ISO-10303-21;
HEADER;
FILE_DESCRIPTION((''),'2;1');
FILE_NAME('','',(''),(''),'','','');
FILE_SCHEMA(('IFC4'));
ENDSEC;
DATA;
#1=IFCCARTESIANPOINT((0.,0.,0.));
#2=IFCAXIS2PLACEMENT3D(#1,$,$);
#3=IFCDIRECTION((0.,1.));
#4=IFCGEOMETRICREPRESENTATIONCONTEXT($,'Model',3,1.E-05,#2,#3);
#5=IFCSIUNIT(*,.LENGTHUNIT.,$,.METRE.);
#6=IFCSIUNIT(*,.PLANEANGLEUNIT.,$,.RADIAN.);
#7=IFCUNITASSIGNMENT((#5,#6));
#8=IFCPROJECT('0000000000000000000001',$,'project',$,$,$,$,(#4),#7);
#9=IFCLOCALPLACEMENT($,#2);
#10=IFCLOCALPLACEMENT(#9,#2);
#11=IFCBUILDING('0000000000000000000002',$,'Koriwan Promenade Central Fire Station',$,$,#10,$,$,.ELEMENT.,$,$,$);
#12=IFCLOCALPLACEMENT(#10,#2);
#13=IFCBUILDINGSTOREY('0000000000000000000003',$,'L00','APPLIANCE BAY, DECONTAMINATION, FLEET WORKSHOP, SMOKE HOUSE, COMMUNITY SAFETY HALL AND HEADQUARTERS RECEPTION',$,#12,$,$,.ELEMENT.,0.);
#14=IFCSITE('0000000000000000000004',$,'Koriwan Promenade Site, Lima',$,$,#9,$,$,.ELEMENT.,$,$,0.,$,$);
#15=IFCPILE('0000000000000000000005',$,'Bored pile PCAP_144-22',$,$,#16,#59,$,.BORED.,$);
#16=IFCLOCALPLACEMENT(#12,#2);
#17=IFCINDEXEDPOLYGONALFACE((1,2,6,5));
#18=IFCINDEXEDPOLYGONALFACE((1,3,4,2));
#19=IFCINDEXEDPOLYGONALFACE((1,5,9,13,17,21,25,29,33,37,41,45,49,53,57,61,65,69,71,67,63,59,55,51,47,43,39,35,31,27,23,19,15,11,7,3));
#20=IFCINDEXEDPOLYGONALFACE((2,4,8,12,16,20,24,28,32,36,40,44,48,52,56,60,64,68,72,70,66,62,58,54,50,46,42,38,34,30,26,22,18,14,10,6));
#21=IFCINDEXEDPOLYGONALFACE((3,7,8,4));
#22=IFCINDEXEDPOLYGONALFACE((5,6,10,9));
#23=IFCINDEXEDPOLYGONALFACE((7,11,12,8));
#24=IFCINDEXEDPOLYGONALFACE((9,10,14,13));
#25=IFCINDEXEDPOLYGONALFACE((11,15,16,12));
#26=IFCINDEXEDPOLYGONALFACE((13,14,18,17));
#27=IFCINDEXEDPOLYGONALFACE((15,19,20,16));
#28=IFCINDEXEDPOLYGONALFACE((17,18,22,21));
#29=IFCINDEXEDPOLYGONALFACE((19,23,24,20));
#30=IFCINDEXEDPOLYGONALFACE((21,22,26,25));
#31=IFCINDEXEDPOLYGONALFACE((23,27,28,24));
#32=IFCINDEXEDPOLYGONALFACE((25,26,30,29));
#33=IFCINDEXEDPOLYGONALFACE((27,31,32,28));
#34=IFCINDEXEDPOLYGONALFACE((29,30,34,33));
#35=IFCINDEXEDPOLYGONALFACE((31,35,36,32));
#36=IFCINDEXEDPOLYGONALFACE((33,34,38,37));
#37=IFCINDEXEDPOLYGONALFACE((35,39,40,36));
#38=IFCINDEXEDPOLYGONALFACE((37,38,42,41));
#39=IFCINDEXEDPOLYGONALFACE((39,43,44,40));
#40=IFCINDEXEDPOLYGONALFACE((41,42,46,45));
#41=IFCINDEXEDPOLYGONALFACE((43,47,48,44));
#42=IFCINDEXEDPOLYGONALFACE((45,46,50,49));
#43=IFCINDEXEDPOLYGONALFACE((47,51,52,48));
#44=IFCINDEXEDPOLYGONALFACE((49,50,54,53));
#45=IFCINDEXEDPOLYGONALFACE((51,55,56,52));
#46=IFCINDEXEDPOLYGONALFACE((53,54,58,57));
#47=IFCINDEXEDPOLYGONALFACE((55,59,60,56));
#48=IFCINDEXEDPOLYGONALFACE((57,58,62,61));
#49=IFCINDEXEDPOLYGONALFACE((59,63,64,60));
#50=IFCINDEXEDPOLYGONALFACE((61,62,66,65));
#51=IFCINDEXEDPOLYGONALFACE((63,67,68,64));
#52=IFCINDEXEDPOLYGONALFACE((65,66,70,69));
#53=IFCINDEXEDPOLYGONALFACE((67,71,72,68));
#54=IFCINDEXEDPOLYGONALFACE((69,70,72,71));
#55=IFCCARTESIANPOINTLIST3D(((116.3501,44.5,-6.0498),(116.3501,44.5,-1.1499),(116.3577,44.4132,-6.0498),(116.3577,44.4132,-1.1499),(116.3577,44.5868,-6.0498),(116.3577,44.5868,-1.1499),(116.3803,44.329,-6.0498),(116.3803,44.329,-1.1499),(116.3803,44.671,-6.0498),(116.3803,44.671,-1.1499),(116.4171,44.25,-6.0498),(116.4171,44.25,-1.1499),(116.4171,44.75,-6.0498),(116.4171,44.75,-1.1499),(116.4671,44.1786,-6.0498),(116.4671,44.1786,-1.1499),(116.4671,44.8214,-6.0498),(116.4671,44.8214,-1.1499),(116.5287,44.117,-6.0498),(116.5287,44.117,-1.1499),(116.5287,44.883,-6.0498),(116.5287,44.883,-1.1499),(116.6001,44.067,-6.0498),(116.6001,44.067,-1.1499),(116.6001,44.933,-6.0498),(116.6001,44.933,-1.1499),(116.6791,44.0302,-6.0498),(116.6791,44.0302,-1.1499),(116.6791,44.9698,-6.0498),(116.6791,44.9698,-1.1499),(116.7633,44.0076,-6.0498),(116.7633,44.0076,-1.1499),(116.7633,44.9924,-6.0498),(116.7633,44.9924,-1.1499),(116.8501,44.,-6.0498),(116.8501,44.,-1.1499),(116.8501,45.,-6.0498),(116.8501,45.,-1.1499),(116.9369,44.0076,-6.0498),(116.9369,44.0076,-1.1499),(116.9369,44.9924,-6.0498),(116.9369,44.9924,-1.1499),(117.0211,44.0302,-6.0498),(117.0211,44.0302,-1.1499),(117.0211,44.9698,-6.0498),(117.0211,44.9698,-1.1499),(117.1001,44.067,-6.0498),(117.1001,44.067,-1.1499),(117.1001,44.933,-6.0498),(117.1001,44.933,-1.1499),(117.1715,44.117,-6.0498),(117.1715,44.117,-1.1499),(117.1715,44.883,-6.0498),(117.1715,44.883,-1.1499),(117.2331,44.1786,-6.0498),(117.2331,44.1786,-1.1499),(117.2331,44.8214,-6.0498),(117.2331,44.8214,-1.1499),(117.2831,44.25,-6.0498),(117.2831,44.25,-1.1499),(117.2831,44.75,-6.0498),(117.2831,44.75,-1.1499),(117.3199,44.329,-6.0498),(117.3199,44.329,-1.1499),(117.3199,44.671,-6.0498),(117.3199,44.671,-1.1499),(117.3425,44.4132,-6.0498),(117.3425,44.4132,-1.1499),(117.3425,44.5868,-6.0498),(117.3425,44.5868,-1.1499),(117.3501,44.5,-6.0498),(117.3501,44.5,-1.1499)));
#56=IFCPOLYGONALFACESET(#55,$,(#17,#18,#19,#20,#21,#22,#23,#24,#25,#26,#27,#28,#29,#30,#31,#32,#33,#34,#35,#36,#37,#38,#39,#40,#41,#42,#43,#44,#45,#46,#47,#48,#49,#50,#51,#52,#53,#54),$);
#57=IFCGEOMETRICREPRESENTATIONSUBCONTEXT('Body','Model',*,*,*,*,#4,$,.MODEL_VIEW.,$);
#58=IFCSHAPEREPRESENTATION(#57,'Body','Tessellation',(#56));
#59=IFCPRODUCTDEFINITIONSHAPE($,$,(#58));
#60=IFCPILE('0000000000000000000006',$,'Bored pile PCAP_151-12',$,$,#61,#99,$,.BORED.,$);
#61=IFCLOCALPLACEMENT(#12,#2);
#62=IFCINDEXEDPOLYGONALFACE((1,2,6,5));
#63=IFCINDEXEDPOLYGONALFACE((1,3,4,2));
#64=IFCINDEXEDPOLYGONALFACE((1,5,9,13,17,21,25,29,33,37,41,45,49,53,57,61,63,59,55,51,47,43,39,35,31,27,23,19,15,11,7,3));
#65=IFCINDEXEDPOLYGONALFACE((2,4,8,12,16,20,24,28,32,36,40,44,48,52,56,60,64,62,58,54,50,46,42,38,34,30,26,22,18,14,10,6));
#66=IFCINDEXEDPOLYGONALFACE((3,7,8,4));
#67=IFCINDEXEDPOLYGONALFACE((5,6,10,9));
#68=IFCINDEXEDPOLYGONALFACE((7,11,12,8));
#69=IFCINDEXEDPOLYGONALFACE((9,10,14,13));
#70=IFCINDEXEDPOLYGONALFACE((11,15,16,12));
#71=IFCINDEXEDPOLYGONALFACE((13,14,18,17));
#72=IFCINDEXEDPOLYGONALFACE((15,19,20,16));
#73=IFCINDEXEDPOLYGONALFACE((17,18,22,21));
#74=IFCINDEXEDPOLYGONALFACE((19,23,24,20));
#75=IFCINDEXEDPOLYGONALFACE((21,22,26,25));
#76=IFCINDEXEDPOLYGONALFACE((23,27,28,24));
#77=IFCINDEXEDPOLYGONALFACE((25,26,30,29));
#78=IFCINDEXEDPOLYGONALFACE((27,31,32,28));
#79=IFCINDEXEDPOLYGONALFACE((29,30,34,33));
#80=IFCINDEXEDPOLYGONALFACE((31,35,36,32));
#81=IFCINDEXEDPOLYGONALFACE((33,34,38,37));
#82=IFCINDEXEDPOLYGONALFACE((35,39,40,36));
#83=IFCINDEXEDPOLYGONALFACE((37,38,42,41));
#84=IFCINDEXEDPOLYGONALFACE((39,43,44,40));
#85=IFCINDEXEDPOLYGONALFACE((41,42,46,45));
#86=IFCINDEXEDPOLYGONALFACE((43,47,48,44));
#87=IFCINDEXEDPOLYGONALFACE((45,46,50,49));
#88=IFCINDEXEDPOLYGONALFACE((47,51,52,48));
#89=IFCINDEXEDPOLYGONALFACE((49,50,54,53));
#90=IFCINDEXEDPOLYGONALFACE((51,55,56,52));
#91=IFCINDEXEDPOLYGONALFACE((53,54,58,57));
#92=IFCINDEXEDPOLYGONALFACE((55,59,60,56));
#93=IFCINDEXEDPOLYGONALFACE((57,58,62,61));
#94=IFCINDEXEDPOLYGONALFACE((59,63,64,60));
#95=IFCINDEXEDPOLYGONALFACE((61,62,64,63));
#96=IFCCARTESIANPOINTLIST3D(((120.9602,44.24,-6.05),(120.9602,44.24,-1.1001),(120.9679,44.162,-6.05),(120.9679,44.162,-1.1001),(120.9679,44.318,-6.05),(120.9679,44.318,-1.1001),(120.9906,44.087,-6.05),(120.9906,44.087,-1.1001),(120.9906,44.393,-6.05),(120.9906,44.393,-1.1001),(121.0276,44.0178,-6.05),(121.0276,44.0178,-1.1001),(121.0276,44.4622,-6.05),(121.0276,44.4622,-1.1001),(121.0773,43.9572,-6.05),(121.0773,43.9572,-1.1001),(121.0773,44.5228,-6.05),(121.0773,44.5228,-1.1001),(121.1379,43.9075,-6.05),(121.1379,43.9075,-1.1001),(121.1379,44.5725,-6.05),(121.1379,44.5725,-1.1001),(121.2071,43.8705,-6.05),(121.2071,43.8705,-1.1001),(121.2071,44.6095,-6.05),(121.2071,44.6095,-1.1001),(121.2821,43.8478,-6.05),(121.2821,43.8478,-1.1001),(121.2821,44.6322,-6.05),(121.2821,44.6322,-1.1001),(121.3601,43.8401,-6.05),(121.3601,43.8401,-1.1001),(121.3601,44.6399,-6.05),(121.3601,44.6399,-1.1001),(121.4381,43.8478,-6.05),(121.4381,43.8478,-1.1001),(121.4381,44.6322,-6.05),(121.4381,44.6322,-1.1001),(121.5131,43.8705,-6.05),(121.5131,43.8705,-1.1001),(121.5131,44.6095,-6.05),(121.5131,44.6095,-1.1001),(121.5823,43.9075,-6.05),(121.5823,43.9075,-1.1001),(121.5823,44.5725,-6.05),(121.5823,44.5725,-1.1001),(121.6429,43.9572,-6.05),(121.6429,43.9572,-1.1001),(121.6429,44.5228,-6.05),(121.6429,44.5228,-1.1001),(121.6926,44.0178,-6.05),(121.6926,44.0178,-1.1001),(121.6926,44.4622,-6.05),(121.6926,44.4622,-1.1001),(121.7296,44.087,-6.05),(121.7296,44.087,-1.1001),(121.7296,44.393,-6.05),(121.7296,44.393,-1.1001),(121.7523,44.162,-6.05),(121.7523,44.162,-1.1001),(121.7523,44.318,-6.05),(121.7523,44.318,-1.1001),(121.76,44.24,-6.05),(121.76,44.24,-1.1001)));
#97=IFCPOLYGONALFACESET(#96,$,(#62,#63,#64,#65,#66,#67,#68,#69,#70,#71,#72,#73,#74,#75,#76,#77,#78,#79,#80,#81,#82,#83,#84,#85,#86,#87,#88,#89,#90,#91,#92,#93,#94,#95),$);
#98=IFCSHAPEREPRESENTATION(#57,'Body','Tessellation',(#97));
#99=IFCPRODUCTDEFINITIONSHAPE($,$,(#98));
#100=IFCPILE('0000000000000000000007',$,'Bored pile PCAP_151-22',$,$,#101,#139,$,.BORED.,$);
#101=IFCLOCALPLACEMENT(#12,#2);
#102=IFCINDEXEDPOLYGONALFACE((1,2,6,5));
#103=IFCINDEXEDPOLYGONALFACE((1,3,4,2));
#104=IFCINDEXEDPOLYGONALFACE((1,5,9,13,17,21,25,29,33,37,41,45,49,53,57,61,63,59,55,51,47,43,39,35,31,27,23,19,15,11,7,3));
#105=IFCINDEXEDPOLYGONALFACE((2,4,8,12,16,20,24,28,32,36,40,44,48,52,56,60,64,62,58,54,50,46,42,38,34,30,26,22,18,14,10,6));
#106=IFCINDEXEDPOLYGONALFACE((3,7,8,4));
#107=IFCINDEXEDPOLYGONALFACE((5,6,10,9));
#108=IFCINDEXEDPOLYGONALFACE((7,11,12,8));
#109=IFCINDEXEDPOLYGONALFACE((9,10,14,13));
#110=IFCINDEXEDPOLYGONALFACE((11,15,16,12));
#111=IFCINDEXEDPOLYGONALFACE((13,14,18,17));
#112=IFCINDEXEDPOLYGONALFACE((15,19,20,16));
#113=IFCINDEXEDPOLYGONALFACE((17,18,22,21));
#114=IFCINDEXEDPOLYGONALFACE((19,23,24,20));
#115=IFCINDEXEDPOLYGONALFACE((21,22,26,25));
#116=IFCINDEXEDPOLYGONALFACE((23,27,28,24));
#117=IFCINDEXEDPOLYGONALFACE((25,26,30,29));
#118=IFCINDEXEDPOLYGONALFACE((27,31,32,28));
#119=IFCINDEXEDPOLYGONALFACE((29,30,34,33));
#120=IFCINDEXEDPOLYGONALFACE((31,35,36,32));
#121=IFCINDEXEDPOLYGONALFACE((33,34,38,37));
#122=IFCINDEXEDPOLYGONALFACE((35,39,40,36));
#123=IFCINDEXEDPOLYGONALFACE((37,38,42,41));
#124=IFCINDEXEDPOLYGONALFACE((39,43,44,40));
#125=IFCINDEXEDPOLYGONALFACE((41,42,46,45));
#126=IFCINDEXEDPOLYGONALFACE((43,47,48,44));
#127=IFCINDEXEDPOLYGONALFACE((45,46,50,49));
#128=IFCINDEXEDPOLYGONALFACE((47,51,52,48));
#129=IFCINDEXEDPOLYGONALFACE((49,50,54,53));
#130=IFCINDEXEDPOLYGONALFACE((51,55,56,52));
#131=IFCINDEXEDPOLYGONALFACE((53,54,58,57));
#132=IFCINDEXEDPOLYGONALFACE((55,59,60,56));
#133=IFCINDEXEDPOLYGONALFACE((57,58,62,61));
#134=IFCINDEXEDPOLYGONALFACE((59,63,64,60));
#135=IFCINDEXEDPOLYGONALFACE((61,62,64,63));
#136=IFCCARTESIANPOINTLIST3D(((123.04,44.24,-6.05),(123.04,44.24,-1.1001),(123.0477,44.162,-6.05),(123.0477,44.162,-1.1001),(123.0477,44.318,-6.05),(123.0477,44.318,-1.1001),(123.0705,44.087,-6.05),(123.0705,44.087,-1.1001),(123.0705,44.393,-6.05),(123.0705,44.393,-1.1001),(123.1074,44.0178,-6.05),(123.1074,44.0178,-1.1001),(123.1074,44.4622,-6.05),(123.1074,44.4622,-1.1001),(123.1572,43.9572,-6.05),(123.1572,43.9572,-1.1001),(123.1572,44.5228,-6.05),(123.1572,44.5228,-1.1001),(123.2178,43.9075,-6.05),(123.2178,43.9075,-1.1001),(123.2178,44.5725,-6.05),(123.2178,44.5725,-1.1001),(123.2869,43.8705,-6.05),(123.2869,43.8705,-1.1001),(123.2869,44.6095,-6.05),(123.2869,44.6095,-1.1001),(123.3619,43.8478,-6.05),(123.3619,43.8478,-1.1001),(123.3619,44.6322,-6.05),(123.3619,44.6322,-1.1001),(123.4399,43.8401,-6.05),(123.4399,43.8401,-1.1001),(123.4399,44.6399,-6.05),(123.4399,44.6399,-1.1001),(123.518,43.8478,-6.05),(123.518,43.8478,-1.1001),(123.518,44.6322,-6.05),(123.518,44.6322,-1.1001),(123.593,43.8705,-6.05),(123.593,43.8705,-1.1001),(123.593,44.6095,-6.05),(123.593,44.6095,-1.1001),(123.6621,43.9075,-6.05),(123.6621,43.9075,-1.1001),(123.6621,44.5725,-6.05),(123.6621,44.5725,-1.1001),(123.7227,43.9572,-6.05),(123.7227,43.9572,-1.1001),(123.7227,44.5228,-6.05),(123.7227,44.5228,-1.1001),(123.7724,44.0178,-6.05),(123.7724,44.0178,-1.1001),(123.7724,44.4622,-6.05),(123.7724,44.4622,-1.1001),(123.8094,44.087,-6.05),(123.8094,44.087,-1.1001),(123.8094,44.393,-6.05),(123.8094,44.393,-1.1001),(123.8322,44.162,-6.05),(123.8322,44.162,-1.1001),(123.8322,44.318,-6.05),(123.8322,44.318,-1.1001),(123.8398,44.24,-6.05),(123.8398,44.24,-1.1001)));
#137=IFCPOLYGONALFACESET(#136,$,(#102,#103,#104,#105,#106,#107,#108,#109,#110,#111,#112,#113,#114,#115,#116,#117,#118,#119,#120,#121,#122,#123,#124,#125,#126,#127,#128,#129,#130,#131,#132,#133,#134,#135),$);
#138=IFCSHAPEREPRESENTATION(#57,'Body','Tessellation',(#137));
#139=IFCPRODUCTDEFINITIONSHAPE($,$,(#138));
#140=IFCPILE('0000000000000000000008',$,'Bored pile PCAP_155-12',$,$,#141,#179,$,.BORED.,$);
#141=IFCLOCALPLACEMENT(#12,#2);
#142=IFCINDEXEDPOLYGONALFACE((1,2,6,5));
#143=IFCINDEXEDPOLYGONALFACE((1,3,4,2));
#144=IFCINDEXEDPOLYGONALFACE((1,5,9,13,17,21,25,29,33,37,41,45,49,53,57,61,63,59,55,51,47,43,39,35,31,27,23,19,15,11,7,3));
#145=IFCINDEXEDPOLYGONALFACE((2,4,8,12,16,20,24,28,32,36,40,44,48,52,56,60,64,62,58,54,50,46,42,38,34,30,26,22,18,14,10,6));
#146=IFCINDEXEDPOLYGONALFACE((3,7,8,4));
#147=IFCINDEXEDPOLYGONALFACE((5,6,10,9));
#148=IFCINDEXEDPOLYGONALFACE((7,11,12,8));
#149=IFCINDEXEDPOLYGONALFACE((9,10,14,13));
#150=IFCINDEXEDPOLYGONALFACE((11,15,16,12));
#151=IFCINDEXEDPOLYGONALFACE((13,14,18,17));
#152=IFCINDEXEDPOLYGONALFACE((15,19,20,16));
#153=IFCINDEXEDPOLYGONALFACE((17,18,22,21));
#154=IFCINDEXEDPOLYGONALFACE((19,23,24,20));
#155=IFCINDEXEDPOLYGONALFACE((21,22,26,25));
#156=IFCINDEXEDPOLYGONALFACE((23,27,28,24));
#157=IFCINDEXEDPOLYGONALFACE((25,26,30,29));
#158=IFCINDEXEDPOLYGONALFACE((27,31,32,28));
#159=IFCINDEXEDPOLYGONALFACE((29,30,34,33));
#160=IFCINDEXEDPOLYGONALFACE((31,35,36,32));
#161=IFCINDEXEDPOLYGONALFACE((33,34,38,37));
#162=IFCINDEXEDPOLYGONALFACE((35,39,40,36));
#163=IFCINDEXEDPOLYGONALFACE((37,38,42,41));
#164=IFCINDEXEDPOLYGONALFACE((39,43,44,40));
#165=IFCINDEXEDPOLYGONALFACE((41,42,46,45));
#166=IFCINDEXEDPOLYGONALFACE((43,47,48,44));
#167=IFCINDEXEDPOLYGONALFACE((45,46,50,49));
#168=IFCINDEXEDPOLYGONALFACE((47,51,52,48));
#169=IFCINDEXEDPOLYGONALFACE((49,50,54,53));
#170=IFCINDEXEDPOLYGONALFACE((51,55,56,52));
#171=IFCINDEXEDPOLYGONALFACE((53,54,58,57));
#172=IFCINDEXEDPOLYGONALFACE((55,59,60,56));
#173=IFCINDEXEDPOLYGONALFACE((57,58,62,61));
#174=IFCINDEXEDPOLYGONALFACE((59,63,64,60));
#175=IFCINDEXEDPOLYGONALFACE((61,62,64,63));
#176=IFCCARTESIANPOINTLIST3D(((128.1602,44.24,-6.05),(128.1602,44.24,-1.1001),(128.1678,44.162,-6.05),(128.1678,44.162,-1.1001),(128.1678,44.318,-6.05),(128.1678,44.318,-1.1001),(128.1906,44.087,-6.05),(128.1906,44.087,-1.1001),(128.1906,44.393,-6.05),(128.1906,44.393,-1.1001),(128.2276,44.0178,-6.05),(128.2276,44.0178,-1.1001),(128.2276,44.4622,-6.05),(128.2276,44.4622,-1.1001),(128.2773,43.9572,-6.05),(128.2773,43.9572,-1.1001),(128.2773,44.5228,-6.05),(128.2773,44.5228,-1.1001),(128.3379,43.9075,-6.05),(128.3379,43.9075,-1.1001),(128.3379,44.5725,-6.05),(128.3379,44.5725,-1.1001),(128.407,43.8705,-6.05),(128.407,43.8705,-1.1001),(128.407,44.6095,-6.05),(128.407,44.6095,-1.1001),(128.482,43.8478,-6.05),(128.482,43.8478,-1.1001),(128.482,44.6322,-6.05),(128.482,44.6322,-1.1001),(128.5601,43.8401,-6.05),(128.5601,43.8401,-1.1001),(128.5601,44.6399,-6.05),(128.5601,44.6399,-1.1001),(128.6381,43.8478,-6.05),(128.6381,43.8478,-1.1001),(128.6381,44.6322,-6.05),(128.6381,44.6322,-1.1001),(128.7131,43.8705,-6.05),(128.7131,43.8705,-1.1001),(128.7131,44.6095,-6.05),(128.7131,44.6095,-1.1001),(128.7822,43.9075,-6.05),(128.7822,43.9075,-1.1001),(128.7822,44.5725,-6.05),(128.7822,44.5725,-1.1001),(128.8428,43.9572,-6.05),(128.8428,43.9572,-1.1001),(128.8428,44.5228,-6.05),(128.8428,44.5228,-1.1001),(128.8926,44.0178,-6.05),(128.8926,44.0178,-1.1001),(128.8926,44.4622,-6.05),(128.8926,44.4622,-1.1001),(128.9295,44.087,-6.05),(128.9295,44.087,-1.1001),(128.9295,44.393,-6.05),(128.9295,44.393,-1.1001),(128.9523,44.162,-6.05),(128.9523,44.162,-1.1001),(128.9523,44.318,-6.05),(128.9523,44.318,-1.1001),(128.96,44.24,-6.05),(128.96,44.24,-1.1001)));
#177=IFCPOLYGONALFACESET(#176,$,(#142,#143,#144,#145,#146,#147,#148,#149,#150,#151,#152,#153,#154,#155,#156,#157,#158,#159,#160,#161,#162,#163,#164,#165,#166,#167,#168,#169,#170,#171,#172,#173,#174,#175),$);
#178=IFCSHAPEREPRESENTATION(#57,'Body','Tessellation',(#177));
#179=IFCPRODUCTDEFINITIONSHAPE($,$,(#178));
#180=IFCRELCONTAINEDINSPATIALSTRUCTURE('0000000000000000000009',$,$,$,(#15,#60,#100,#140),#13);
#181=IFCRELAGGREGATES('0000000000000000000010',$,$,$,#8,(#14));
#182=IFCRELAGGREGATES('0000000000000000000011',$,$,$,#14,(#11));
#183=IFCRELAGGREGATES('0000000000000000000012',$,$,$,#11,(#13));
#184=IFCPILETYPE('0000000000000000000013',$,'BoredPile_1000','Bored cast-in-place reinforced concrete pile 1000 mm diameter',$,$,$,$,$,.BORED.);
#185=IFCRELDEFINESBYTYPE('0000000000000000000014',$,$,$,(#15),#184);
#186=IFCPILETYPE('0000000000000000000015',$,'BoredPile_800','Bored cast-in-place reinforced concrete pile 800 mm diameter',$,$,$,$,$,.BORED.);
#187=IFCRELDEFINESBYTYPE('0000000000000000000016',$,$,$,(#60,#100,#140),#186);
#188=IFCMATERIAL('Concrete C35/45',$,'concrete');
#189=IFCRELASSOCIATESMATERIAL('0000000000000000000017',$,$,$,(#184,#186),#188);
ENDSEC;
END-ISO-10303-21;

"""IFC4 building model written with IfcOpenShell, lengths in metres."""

from ifc_helpers import new_model, si_unit, direction, frame, origin, origin_2d, place, context, subcontext, project, spatial, circle, extrude, material, material_profile, profile_set, type_object, element, save


model = new_model("IFC4")

# Units and contexts
model_context = context("Model", 3, precision=1e-05, world=origin(), true_north=direction((0.0, 1.0)))
body_context = subcontext(model_context, "Body", "Model", "MODEL_VIEW")
ifc_project = project(units=[si_unit("LENGTHUNIT", "METRE"), si_unit("PLANEANGLEUNIT", "RADIAN")], contexts=[model_context])

# Site, building, storey
site_placement = place(None, origin())
site = spatial("IfcSite", under=ifc_project, at=site_placement, Name="Koriwan Promenade Site, Lima", CompositionType="ELEMENT", RefElevation=0.0)
building_placement = place(site_placement, origin())
building = spatial("IfcBuilding", under=site, at=building_placement, Name="Koriwan Promenade Central Fire Station", CompositionType="ELEMENT")
storey_placement = place(building_placement, origin())
storey = spatial("IfcBuildingStorey", under=building, at=storey_placement, Name="L00", Description="APPLIANCE BAY, DECONTAMINATION, FLEET WORKSHOP, SMOKE HOUSE, COMMUNITY SAFETY HALL AND HEADQUARTERS RECEPTION", CompositionType="ELEMENT", Elevation=0.0)

# Piles
ifc_material_1 = material(Name="Concrete C35/45", Category="concrete")
ifc_material_profile_1 = material_profile(ifc_material_1, circle(Radius=0.5, at=origin_2d()), Name="PILE-D1000")
ifc_profile_set_1 = profile_set([ifc_material_profile_1], Name="Concrete C35/45")
pile_type_1 = type_object("IfcPileType", Name="BoredPile_1000", Description="Bored cast-in-place reinforced concrete pile 1000 mm diameter", PredefinedType="BORED", material=ifc_profile_set_1)
pile_placement = place(storey_placement, frame((116.8501, 44.5, -1.1499), z_axis=(0.0, 0.0, -1.0), x_axis=(1.0, 0.0, 0.0)))
element("IfcPile", 1, at=pile_placement, inside=storey, type_object=pile_type_1, Name="Bored pile PCAP_144-22", PredefinedType="BORED", context=body_context, shape_type="SweptSolid", body=[
    extrude(circle(Radius=0.5, at=origin_2d()), origin(), (0.0, 0.0, 1.0), 4.8999),
])
ifc_material_profile_2 = material_profile(ifc_material_1, circle(Radius=0.3999, at=origin_2d()), Name="PILE-D800")
ifc_profile_set_2 = profile_set([ifc_material_profile_2], Name="Concrete C35/45")
pile_type_2 = type_object("IfcPileType", Name="BoredPile_800", Description="Bored cast-in-place reinforced concrete pile 800 mm diameter", PredefinedType="BORED", material=ifc_profile_set_2)
for number, where, z_axis, x_axis, name in (
    (2, (121.3601, 44.24, -1.1001), (0.0, 0.0, -1.0), (1.0, 0.0, 0.0), "Bored pile PCAP_151-12"),
    (3, (123.4399, 44.24, -1.1001), (0.0, 0.0, -1.0), (1.0, 0.0, 0.0), "Bored pile PCAP_151-22"),
    (4, (128.5601, 44.24, -1.1001), (0.0, 0.0, -1.0), (1.0, 0.0, 0.0), "Bored pile PCAP_155-12"),
):
    element("IfcPile", number, at=place(storey_placement, frame(where, z_axis=z_axis, x_axis=x_axis)), inside=storey, type_object=pile_type_2, Name=name, PredefinedType="BORED", context=body_context, shape_type="SweptSolid", body=[
        extrude(circle(Radius=0.3999, at=origin_2d()), origin(), (0.0, 0.0, 1.0), 4.95),
    ])

save(model, "model.ifc")
